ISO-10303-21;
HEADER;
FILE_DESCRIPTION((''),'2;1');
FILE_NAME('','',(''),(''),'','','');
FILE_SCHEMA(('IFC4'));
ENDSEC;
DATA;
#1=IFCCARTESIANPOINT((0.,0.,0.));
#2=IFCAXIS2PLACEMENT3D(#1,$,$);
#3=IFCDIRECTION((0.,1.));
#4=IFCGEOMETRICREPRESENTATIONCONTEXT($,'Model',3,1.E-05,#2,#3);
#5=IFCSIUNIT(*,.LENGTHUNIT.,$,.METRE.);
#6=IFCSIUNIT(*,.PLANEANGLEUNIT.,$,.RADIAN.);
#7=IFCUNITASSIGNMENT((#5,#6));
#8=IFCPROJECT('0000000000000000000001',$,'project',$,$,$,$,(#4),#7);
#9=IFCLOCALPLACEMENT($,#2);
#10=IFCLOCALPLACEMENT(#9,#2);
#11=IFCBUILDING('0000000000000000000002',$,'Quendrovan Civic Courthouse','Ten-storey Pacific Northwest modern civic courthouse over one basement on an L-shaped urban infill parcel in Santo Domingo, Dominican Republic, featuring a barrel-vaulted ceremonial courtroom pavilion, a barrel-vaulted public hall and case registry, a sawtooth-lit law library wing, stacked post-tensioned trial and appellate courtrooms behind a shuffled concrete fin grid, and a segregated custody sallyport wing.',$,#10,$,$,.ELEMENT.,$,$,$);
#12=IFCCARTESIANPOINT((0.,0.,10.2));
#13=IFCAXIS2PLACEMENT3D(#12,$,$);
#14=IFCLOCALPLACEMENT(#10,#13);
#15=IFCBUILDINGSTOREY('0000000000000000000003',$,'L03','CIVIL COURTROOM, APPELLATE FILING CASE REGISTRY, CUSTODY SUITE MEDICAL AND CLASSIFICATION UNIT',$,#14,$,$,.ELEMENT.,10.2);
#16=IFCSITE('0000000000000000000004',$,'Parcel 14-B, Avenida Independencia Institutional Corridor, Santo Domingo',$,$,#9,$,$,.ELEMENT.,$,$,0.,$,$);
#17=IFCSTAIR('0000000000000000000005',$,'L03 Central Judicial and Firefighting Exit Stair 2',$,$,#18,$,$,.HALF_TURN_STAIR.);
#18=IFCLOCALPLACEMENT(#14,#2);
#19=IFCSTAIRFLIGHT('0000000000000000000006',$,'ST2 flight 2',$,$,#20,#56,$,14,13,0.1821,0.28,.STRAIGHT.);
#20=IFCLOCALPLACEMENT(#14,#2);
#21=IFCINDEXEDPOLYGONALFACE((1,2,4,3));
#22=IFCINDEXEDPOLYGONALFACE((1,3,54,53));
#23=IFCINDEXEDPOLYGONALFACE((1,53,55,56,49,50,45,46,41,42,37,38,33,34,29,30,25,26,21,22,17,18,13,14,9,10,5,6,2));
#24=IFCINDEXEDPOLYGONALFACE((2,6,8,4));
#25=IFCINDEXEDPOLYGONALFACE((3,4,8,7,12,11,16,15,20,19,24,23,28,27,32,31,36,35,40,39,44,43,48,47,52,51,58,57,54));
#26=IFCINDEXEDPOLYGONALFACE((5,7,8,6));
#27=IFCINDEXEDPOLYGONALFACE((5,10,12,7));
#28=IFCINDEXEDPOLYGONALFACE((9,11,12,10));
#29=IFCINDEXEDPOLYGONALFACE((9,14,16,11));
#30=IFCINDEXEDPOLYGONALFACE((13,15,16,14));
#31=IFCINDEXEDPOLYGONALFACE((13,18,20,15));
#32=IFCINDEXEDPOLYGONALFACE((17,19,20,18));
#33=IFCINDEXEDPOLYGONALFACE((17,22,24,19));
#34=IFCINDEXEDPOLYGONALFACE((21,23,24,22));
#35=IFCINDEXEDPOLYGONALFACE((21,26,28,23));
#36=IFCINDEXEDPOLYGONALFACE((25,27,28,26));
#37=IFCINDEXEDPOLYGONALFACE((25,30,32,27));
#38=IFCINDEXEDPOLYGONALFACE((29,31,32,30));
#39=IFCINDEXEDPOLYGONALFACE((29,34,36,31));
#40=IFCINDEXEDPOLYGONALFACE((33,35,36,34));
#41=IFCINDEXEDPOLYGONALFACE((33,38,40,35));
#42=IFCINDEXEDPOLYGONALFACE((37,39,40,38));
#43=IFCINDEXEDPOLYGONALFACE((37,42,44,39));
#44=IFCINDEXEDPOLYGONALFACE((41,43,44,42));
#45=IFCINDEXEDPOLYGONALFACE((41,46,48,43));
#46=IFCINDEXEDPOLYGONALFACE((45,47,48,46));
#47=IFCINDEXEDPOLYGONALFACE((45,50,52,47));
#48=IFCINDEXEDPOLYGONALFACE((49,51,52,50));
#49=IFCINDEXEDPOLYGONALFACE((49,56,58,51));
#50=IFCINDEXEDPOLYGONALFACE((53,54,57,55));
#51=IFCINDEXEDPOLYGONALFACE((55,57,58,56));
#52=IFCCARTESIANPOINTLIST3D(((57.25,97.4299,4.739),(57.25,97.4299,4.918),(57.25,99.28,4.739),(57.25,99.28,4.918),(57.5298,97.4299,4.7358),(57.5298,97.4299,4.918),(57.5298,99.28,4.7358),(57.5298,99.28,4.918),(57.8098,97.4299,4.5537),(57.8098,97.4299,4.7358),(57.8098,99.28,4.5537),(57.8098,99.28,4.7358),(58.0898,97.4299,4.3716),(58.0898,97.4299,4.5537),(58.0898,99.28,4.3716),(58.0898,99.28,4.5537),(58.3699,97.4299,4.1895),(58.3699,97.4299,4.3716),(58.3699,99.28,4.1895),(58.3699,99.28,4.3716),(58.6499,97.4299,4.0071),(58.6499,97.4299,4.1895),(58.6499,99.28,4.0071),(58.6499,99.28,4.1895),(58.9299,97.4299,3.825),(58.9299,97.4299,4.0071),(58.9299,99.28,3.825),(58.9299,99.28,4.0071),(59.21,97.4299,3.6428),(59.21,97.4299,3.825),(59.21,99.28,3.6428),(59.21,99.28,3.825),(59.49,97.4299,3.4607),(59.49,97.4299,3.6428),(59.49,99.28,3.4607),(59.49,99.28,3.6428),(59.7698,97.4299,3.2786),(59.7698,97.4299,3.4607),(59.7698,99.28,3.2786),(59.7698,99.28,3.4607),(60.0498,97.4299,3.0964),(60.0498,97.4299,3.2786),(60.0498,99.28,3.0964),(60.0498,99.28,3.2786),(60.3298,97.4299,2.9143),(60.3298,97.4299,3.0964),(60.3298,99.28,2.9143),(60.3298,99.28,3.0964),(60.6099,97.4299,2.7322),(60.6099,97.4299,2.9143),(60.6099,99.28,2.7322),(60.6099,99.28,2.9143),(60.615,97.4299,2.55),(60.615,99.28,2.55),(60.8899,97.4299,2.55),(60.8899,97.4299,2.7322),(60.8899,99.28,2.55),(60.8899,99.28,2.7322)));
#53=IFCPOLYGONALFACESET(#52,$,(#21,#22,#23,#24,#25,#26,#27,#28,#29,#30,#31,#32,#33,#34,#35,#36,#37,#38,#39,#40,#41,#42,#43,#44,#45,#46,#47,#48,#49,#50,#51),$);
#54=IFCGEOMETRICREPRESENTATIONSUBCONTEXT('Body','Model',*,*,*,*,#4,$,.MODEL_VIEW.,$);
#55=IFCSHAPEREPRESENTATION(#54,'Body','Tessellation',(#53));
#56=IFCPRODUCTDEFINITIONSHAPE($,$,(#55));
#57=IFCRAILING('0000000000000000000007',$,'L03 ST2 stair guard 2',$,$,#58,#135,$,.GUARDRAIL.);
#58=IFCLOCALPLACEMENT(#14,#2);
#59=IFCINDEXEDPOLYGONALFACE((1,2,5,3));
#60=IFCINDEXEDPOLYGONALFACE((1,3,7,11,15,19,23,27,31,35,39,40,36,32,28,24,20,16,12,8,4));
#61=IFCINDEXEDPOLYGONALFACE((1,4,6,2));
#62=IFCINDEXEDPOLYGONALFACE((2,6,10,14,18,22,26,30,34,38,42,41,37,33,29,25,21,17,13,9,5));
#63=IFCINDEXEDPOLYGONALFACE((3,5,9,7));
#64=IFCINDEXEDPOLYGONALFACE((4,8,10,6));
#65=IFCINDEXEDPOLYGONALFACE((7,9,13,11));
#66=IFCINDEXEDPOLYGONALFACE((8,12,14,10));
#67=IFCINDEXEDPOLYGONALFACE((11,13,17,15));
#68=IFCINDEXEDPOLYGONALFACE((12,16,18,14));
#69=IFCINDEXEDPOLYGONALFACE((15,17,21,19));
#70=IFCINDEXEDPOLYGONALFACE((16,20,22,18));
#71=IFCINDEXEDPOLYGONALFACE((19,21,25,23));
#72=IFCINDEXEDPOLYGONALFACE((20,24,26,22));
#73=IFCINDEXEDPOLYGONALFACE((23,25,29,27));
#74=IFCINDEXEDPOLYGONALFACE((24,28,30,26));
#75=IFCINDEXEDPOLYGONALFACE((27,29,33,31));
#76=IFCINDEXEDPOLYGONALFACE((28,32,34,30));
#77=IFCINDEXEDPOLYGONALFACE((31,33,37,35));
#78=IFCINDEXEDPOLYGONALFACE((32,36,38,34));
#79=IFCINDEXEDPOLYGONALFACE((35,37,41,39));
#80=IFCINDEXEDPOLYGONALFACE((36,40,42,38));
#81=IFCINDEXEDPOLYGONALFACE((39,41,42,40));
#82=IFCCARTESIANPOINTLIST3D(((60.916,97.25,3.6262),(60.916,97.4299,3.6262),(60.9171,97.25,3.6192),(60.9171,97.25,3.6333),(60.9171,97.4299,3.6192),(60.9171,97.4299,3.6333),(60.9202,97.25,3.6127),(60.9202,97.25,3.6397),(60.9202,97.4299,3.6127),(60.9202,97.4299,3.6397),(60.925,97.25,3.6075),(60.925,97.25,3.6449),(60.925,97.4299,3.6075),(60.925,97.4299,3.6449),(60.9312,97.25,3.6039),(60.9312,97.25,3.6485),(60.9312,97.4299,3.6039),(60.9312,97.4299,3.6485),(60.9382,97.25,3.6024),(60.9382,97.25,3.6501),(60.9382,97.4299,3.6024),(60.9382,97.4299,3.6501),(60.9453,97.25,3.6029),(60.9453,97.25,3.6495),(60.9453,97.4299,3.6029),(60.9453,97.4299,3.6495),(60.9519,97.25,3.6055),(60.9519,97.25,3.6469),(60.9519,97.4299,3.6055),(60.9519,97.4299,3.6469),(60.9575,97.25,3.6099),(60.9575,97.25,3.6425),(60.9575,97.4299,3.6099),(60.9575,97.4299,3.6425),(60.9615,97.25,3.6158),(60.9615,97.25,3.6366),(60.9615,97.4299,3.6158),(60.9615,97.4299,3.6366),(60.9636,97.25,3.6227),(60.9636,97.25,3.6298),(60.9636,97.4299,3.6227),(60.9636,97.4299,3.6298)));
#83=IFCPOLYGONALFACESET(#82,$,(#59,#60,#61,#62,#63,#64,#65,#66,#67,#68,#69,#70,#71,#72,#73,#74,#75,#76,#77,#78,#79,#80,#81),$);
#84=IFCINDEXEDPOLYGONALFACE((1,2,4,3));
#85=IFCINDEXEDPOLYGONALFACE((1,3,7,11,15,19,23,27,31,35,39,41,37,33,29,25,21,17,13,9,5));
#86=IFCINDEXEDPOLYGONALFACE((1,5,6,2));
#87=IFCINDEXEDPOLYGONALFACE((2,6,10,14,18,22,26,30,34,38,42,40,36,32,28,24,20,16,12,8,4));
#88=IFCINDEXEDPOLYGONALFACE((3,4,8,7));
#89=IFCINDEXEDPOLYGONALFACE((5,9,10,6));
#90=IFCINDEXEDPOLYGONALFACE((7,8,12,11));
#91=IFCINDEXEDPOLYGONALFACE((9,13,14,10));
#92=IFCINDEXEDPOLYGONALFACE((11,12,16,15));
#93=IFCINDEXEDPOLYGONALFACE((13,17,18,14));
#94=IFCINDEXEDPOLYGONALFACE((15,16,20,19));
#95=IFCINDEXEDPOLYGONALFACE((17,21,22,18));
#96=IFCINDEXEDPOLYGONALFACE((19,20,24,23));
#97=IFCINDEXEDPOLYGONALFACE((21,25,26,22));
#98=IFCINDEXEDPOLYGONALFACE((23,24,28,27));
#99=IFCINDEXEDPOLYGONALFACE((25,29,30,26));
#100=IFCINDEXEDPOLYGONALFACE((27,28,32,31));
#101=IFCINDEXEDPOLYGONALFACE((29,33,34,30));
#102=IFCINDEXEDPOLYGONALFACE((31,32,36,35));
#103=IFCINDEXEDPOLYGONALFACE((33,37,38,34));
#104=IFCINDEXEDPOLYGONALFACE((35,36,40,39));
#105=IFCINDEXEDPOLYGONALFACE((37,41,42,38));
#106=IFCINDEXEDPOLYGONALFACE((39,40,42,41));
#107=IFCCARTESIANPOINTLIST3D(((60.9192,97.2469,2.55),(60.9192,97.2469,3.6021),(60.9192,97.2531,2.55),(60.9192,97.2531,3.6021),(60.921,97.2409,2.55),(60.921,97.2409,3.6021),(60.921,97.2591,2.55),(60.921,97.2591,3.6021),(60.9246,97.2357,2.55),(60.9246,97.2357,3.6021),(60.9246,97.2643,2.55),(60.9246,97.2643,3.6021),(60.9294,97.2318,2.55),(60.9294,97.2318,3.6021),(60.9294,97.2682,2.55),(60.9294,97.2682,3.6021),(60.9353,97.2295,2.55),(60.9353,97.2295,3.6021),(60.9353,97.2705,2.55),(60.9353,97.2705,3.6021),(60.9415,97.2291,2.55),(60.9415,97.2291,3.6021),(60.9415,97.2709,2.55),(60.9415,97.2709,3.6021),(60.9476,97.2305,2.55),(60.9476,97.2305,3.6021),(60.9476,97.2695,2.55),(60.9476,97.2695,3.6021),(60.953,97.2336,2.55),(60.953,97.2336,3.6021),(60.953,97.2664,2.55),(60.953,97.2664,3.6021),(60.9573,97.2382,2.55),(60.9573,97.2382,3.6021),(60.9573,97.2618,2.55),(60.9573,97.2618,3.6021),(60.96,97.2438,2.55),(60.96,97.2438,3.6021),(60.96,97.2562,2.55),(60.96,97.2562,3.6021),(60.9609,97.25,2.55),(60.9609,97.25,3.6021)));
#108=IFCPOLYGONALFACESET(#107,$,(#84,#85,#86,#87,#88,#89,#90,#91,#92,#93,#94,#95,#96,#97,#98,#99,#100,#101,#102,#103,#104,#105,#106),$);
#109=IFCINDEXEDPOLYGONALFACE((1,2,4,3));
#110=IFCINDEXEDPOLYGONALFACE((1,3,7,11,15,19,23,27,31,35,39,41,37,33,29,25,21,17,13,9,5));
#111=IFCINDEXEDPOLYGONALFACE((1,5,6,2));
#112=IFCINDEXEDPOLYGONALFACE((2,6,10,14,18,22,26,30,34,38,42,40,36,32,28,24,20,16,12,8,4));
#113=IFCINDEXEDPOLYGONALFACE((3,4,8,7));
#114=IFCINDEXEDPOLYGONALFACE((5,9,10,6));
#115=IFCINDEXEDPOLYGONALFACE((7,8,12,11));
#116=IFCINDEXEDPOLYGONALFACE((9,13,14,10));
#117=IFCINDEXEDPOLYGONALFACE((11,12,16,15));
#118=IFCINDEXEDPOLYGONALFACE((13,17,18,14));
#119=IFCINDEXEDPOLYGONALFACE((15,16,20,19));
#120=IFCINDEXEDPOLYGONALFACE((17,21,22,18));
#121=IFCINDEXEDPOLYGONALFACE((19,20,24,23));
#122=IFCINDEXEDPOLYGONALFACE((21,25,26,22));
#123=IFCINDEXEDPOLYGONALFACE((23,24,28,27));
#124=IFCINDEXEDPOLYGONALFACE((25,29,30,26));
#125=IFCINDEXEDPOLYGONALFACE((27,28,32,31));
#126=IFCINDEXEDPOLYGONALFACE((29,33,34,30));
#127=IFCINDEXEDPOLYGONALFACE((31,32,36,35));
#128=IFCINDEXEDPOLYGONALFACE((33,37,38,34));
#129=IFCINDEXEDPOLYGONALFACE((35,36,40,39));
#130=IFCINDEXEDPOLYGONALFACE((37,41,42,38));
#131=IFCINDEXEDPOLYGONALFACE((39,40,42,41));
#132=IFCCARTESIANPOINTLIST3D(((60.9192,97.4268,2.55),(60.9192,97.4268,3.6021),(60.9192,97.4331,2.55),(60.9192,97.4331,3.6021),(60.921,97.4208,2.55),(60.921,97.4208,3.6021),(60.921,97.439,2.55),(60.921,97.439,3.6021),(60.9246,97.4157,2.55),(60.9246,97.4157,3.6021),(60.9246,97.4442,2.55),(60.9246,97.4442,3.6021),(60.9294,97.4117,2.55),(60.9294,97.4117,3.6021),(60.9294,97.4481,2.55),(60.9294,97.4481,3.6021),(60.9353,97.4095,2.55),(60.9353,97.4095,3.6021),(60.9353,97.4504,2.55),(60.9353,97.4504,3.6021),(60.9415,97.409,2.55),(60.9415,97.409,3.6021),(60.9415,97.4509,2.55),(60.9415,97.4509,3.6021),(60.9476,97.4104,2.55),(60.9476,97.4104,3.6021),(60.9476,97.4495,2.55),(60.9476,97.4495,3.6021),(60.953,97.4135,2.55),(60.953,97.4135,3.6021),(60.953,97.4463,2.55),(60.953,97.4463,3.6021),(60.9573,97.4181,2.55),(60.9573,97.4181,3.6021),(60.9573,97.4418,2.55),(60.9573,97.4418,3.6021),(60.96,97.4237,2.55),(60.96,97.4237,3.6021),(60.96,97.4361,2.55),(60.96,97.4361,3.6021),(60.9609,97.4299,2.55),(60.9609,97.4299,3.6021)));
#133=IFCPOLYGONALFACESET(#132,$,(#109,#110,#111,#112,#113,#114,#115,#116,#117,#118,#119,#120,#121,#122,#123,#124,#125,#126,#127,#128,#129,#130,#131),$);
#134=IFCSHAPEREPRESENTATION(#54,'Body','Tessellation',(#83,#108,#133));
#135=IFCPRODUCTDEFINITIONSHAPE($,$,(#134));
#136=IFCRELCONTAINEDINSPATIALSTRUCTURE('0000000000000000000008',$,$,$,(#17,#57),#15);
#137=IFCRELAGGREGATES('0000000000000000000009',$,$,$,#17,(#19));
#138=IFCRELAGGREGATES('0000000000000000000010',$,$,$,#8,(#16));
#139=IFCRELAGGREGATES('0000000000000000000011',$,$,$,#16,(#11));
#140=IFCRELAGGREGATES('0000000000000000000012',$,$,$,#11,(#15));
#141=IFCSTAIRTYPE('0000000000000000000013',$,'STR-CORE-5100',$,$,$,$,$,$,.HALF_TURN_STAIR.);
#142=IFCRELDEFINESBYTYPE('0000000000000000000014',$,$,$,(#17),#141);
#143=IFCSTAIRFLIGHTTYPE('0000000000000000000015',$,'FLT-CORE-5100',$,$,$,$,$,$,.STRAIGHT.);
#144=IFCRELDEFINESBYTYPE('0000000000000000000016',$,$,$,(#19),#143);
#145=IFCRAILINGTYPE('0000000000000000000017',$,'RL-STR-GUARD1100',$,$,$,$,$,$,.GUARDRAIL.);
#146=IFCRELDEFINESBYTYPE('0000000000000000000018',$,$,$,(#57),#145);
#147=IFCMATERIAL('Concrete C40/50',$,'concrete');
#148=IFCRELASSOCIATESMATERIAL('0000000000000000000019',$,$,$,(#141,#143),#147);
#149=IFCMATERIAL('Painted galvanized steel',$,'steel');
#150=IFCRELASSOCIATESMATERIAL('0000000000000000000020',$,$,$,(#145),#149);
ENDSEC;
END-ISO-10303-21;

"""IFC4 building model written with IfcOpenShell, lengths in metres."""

from ifc_helpers import new_model, si_unit, direction, frame, origin, origin_2d, place, context, subcontext, project, spatial, polyline, circle, outline, extrude, material, type_object, element, aggregate, save


model = new_model("IFC4")

# Units and contexts
model_context = context("Model", 3, precision=1e-05, world=origin(), true_north=direction((0.0, 1.0)))
body_context = subcontext(model_context, "Body", "Model", "MODEL_VIEW")
ifc_project = project(units=[si_unit("LENGTHUNIT", "METRE"), si_unit("PLANEANGLEUNIT", "RADIAN")], contexts=[model_context])

# Site, building, storey
site_placement = place(None, origin())
site = spatial("IfcSite", under=ifc_project, at=site_placement, Name="Parcel 14-B, Avenida Independencia Institutional Corridor, Santo Domingo", CompositionType="ELEMENT", RefElevation=0.0)
building_placement = place(site_placement, origin())
building = spatial("IfcBuilding", under=site, at=building_placement, Name="Quendrovan Civic Courthouse", Description="Ten-storey Pacific Northwest modern civic courthouse over one basement on an L-shaped urban infill parcel in Santo Domingo, Dominican Republic, featuring a barrel-vaulted ceremonial courtroom pavilion, a barrel-vaulted public hall and case registry, a sawtooth-lit law library wing, stacked post-tensioned trial and appellate courtrooms behind a shuffled concrete fin grid, and a segregated custody sallyport wing.", CompositionType="ELEMENT")
storey_placement = place(building_placement, frame((0.0, 0.0, 10.2)))
storey = spatial("IfcBuildingStorey", under=building, at=storey_placement, Name="L03", Description="CIVIL COURTROOM, APPELLATE FILING CASE REGISTRY, CUSTODY SUITE MEDICAL AND CLASSIFICATION UNIT", CompositionType="ELEMENT", Elevation=10.2)

# Shared definitions
ifc_material_1 = material(Name="Concrete C40/50", Category="concrete")

# Stair, stair flight
stair_type = type_object("IfcStairType", Name="STR-CORE-5100", PredefinedType="HALF_TURN_STAIR", material=ifc_material_1)
stair_placement = place(storey_placement, origin())
stair = element("IfcStair", 1, at=stair_placement, inside=storey, type_object=stair_type, Name="L03 Central Judicial and Firefighting Exit Stair 2", PredefinedType="HALF_TURN_STAIR")
stair_flight_type = type_object("IfcStairFlightType", Name="FLT-CORE-5100", PredefinedType="STRAIGHT", material=ifc_material_1)
stair_flight_placement = place(storey_placement, frame((60.8899, 98.355, 2.55), z_axis=(0.0, 0.0, 1.0), x_axis=(-1.0, 0.0, 0.0)))
stair_flight = element("IfcStairFlight", 2, at=stair_flight_placement, type_object=stair_flight_type, Name="ST2 flight 2", NumberOfRisers=14, NumberOfTreads=13, PredefinedType="STRAIGHT", RiserHeight=0.1821, TreadLength=0.28, context=body_context, shape_type="SweptSolid", body=[
    extrude(outline(polyline([(0.0, 0.0), (0.0, 0.1821), (0.28, 0.1821), (0.28, 0.3643), (0.5601, 0.3643), (0.5601, 0.5464), (0.8401, 0.5464), (0.8401, 0.7285), (1.1201, 0.7285), (1.1201, 0.9106), (1.3999, 0.9106), (1.3999, 1.0928), (1.6799, 1.0928), (1.6799, 1.2749), (1.96, 1.2749), (1.96, 1.457), (2.24, 1.457), (2.24, 1.6394), (2.52, 1.6394), (2.52, 1.8215), (2.8, 1.8215), (2.8, 2.0037), (3.0801, 2.0037), (3.0801, 2.1858), (3.3601, 2.1858), (3.3601, 2.3679), (3.6399, 2.3679), (3.6399, 2.55), (3.6399, 2.189), (0.2749, 0.0), (0.0, 0.0)])), frame((0.0, 0.925, 0.0), z_axis=(0.0, -1.0, 0.0), x_axis=(1.0, 0.0, 0.0)), (0.0, 0.0, 1.0), 1.8501),
])
aggregate(stair, [stair_flight])

# Railing
ifc_material_2 = material(Name="Painted galvanized steel", Category="steel")
railing_type_1 = type_object("IfcRailingType", Name="RL-STR-GUARD1100", PredefinedType="GUARDRAIL", material=ifc_material_2)
railing_1_placement = place(storey_placement, frame((60.9399, 97.25, 2.55)))
element("IfcRailing", 3, at=railing_1_placement, inside=storey, type_object=railing_type_1, Name="L03 ST2 stair guard 2", PredefinedType="GUARDRAIL", context=body_context, shape_type="SweptSolid", body=[
    extrude(circle(Radius=0.0239, at=origin_2d()), frame((0.0, 0.0, 1.0762), z_axis=(0.0, 1.0, 0.0), x_axis=(-1.0, 0.0, 0.0)), (0.0, 0.0, 1.0), 0.1799),
    extrude(circle(Radius=0.021, at=origin_2d()), origin(), (0.0, 0.0, 1.0), 1.052),
    extrude(circle(Radius=0.021, at=origin_2d()), frame((0.0, 0.1799, 0.0)), (0.0, 0.0, 1.0), 1.052),
])

save(model, "model.ifc")
